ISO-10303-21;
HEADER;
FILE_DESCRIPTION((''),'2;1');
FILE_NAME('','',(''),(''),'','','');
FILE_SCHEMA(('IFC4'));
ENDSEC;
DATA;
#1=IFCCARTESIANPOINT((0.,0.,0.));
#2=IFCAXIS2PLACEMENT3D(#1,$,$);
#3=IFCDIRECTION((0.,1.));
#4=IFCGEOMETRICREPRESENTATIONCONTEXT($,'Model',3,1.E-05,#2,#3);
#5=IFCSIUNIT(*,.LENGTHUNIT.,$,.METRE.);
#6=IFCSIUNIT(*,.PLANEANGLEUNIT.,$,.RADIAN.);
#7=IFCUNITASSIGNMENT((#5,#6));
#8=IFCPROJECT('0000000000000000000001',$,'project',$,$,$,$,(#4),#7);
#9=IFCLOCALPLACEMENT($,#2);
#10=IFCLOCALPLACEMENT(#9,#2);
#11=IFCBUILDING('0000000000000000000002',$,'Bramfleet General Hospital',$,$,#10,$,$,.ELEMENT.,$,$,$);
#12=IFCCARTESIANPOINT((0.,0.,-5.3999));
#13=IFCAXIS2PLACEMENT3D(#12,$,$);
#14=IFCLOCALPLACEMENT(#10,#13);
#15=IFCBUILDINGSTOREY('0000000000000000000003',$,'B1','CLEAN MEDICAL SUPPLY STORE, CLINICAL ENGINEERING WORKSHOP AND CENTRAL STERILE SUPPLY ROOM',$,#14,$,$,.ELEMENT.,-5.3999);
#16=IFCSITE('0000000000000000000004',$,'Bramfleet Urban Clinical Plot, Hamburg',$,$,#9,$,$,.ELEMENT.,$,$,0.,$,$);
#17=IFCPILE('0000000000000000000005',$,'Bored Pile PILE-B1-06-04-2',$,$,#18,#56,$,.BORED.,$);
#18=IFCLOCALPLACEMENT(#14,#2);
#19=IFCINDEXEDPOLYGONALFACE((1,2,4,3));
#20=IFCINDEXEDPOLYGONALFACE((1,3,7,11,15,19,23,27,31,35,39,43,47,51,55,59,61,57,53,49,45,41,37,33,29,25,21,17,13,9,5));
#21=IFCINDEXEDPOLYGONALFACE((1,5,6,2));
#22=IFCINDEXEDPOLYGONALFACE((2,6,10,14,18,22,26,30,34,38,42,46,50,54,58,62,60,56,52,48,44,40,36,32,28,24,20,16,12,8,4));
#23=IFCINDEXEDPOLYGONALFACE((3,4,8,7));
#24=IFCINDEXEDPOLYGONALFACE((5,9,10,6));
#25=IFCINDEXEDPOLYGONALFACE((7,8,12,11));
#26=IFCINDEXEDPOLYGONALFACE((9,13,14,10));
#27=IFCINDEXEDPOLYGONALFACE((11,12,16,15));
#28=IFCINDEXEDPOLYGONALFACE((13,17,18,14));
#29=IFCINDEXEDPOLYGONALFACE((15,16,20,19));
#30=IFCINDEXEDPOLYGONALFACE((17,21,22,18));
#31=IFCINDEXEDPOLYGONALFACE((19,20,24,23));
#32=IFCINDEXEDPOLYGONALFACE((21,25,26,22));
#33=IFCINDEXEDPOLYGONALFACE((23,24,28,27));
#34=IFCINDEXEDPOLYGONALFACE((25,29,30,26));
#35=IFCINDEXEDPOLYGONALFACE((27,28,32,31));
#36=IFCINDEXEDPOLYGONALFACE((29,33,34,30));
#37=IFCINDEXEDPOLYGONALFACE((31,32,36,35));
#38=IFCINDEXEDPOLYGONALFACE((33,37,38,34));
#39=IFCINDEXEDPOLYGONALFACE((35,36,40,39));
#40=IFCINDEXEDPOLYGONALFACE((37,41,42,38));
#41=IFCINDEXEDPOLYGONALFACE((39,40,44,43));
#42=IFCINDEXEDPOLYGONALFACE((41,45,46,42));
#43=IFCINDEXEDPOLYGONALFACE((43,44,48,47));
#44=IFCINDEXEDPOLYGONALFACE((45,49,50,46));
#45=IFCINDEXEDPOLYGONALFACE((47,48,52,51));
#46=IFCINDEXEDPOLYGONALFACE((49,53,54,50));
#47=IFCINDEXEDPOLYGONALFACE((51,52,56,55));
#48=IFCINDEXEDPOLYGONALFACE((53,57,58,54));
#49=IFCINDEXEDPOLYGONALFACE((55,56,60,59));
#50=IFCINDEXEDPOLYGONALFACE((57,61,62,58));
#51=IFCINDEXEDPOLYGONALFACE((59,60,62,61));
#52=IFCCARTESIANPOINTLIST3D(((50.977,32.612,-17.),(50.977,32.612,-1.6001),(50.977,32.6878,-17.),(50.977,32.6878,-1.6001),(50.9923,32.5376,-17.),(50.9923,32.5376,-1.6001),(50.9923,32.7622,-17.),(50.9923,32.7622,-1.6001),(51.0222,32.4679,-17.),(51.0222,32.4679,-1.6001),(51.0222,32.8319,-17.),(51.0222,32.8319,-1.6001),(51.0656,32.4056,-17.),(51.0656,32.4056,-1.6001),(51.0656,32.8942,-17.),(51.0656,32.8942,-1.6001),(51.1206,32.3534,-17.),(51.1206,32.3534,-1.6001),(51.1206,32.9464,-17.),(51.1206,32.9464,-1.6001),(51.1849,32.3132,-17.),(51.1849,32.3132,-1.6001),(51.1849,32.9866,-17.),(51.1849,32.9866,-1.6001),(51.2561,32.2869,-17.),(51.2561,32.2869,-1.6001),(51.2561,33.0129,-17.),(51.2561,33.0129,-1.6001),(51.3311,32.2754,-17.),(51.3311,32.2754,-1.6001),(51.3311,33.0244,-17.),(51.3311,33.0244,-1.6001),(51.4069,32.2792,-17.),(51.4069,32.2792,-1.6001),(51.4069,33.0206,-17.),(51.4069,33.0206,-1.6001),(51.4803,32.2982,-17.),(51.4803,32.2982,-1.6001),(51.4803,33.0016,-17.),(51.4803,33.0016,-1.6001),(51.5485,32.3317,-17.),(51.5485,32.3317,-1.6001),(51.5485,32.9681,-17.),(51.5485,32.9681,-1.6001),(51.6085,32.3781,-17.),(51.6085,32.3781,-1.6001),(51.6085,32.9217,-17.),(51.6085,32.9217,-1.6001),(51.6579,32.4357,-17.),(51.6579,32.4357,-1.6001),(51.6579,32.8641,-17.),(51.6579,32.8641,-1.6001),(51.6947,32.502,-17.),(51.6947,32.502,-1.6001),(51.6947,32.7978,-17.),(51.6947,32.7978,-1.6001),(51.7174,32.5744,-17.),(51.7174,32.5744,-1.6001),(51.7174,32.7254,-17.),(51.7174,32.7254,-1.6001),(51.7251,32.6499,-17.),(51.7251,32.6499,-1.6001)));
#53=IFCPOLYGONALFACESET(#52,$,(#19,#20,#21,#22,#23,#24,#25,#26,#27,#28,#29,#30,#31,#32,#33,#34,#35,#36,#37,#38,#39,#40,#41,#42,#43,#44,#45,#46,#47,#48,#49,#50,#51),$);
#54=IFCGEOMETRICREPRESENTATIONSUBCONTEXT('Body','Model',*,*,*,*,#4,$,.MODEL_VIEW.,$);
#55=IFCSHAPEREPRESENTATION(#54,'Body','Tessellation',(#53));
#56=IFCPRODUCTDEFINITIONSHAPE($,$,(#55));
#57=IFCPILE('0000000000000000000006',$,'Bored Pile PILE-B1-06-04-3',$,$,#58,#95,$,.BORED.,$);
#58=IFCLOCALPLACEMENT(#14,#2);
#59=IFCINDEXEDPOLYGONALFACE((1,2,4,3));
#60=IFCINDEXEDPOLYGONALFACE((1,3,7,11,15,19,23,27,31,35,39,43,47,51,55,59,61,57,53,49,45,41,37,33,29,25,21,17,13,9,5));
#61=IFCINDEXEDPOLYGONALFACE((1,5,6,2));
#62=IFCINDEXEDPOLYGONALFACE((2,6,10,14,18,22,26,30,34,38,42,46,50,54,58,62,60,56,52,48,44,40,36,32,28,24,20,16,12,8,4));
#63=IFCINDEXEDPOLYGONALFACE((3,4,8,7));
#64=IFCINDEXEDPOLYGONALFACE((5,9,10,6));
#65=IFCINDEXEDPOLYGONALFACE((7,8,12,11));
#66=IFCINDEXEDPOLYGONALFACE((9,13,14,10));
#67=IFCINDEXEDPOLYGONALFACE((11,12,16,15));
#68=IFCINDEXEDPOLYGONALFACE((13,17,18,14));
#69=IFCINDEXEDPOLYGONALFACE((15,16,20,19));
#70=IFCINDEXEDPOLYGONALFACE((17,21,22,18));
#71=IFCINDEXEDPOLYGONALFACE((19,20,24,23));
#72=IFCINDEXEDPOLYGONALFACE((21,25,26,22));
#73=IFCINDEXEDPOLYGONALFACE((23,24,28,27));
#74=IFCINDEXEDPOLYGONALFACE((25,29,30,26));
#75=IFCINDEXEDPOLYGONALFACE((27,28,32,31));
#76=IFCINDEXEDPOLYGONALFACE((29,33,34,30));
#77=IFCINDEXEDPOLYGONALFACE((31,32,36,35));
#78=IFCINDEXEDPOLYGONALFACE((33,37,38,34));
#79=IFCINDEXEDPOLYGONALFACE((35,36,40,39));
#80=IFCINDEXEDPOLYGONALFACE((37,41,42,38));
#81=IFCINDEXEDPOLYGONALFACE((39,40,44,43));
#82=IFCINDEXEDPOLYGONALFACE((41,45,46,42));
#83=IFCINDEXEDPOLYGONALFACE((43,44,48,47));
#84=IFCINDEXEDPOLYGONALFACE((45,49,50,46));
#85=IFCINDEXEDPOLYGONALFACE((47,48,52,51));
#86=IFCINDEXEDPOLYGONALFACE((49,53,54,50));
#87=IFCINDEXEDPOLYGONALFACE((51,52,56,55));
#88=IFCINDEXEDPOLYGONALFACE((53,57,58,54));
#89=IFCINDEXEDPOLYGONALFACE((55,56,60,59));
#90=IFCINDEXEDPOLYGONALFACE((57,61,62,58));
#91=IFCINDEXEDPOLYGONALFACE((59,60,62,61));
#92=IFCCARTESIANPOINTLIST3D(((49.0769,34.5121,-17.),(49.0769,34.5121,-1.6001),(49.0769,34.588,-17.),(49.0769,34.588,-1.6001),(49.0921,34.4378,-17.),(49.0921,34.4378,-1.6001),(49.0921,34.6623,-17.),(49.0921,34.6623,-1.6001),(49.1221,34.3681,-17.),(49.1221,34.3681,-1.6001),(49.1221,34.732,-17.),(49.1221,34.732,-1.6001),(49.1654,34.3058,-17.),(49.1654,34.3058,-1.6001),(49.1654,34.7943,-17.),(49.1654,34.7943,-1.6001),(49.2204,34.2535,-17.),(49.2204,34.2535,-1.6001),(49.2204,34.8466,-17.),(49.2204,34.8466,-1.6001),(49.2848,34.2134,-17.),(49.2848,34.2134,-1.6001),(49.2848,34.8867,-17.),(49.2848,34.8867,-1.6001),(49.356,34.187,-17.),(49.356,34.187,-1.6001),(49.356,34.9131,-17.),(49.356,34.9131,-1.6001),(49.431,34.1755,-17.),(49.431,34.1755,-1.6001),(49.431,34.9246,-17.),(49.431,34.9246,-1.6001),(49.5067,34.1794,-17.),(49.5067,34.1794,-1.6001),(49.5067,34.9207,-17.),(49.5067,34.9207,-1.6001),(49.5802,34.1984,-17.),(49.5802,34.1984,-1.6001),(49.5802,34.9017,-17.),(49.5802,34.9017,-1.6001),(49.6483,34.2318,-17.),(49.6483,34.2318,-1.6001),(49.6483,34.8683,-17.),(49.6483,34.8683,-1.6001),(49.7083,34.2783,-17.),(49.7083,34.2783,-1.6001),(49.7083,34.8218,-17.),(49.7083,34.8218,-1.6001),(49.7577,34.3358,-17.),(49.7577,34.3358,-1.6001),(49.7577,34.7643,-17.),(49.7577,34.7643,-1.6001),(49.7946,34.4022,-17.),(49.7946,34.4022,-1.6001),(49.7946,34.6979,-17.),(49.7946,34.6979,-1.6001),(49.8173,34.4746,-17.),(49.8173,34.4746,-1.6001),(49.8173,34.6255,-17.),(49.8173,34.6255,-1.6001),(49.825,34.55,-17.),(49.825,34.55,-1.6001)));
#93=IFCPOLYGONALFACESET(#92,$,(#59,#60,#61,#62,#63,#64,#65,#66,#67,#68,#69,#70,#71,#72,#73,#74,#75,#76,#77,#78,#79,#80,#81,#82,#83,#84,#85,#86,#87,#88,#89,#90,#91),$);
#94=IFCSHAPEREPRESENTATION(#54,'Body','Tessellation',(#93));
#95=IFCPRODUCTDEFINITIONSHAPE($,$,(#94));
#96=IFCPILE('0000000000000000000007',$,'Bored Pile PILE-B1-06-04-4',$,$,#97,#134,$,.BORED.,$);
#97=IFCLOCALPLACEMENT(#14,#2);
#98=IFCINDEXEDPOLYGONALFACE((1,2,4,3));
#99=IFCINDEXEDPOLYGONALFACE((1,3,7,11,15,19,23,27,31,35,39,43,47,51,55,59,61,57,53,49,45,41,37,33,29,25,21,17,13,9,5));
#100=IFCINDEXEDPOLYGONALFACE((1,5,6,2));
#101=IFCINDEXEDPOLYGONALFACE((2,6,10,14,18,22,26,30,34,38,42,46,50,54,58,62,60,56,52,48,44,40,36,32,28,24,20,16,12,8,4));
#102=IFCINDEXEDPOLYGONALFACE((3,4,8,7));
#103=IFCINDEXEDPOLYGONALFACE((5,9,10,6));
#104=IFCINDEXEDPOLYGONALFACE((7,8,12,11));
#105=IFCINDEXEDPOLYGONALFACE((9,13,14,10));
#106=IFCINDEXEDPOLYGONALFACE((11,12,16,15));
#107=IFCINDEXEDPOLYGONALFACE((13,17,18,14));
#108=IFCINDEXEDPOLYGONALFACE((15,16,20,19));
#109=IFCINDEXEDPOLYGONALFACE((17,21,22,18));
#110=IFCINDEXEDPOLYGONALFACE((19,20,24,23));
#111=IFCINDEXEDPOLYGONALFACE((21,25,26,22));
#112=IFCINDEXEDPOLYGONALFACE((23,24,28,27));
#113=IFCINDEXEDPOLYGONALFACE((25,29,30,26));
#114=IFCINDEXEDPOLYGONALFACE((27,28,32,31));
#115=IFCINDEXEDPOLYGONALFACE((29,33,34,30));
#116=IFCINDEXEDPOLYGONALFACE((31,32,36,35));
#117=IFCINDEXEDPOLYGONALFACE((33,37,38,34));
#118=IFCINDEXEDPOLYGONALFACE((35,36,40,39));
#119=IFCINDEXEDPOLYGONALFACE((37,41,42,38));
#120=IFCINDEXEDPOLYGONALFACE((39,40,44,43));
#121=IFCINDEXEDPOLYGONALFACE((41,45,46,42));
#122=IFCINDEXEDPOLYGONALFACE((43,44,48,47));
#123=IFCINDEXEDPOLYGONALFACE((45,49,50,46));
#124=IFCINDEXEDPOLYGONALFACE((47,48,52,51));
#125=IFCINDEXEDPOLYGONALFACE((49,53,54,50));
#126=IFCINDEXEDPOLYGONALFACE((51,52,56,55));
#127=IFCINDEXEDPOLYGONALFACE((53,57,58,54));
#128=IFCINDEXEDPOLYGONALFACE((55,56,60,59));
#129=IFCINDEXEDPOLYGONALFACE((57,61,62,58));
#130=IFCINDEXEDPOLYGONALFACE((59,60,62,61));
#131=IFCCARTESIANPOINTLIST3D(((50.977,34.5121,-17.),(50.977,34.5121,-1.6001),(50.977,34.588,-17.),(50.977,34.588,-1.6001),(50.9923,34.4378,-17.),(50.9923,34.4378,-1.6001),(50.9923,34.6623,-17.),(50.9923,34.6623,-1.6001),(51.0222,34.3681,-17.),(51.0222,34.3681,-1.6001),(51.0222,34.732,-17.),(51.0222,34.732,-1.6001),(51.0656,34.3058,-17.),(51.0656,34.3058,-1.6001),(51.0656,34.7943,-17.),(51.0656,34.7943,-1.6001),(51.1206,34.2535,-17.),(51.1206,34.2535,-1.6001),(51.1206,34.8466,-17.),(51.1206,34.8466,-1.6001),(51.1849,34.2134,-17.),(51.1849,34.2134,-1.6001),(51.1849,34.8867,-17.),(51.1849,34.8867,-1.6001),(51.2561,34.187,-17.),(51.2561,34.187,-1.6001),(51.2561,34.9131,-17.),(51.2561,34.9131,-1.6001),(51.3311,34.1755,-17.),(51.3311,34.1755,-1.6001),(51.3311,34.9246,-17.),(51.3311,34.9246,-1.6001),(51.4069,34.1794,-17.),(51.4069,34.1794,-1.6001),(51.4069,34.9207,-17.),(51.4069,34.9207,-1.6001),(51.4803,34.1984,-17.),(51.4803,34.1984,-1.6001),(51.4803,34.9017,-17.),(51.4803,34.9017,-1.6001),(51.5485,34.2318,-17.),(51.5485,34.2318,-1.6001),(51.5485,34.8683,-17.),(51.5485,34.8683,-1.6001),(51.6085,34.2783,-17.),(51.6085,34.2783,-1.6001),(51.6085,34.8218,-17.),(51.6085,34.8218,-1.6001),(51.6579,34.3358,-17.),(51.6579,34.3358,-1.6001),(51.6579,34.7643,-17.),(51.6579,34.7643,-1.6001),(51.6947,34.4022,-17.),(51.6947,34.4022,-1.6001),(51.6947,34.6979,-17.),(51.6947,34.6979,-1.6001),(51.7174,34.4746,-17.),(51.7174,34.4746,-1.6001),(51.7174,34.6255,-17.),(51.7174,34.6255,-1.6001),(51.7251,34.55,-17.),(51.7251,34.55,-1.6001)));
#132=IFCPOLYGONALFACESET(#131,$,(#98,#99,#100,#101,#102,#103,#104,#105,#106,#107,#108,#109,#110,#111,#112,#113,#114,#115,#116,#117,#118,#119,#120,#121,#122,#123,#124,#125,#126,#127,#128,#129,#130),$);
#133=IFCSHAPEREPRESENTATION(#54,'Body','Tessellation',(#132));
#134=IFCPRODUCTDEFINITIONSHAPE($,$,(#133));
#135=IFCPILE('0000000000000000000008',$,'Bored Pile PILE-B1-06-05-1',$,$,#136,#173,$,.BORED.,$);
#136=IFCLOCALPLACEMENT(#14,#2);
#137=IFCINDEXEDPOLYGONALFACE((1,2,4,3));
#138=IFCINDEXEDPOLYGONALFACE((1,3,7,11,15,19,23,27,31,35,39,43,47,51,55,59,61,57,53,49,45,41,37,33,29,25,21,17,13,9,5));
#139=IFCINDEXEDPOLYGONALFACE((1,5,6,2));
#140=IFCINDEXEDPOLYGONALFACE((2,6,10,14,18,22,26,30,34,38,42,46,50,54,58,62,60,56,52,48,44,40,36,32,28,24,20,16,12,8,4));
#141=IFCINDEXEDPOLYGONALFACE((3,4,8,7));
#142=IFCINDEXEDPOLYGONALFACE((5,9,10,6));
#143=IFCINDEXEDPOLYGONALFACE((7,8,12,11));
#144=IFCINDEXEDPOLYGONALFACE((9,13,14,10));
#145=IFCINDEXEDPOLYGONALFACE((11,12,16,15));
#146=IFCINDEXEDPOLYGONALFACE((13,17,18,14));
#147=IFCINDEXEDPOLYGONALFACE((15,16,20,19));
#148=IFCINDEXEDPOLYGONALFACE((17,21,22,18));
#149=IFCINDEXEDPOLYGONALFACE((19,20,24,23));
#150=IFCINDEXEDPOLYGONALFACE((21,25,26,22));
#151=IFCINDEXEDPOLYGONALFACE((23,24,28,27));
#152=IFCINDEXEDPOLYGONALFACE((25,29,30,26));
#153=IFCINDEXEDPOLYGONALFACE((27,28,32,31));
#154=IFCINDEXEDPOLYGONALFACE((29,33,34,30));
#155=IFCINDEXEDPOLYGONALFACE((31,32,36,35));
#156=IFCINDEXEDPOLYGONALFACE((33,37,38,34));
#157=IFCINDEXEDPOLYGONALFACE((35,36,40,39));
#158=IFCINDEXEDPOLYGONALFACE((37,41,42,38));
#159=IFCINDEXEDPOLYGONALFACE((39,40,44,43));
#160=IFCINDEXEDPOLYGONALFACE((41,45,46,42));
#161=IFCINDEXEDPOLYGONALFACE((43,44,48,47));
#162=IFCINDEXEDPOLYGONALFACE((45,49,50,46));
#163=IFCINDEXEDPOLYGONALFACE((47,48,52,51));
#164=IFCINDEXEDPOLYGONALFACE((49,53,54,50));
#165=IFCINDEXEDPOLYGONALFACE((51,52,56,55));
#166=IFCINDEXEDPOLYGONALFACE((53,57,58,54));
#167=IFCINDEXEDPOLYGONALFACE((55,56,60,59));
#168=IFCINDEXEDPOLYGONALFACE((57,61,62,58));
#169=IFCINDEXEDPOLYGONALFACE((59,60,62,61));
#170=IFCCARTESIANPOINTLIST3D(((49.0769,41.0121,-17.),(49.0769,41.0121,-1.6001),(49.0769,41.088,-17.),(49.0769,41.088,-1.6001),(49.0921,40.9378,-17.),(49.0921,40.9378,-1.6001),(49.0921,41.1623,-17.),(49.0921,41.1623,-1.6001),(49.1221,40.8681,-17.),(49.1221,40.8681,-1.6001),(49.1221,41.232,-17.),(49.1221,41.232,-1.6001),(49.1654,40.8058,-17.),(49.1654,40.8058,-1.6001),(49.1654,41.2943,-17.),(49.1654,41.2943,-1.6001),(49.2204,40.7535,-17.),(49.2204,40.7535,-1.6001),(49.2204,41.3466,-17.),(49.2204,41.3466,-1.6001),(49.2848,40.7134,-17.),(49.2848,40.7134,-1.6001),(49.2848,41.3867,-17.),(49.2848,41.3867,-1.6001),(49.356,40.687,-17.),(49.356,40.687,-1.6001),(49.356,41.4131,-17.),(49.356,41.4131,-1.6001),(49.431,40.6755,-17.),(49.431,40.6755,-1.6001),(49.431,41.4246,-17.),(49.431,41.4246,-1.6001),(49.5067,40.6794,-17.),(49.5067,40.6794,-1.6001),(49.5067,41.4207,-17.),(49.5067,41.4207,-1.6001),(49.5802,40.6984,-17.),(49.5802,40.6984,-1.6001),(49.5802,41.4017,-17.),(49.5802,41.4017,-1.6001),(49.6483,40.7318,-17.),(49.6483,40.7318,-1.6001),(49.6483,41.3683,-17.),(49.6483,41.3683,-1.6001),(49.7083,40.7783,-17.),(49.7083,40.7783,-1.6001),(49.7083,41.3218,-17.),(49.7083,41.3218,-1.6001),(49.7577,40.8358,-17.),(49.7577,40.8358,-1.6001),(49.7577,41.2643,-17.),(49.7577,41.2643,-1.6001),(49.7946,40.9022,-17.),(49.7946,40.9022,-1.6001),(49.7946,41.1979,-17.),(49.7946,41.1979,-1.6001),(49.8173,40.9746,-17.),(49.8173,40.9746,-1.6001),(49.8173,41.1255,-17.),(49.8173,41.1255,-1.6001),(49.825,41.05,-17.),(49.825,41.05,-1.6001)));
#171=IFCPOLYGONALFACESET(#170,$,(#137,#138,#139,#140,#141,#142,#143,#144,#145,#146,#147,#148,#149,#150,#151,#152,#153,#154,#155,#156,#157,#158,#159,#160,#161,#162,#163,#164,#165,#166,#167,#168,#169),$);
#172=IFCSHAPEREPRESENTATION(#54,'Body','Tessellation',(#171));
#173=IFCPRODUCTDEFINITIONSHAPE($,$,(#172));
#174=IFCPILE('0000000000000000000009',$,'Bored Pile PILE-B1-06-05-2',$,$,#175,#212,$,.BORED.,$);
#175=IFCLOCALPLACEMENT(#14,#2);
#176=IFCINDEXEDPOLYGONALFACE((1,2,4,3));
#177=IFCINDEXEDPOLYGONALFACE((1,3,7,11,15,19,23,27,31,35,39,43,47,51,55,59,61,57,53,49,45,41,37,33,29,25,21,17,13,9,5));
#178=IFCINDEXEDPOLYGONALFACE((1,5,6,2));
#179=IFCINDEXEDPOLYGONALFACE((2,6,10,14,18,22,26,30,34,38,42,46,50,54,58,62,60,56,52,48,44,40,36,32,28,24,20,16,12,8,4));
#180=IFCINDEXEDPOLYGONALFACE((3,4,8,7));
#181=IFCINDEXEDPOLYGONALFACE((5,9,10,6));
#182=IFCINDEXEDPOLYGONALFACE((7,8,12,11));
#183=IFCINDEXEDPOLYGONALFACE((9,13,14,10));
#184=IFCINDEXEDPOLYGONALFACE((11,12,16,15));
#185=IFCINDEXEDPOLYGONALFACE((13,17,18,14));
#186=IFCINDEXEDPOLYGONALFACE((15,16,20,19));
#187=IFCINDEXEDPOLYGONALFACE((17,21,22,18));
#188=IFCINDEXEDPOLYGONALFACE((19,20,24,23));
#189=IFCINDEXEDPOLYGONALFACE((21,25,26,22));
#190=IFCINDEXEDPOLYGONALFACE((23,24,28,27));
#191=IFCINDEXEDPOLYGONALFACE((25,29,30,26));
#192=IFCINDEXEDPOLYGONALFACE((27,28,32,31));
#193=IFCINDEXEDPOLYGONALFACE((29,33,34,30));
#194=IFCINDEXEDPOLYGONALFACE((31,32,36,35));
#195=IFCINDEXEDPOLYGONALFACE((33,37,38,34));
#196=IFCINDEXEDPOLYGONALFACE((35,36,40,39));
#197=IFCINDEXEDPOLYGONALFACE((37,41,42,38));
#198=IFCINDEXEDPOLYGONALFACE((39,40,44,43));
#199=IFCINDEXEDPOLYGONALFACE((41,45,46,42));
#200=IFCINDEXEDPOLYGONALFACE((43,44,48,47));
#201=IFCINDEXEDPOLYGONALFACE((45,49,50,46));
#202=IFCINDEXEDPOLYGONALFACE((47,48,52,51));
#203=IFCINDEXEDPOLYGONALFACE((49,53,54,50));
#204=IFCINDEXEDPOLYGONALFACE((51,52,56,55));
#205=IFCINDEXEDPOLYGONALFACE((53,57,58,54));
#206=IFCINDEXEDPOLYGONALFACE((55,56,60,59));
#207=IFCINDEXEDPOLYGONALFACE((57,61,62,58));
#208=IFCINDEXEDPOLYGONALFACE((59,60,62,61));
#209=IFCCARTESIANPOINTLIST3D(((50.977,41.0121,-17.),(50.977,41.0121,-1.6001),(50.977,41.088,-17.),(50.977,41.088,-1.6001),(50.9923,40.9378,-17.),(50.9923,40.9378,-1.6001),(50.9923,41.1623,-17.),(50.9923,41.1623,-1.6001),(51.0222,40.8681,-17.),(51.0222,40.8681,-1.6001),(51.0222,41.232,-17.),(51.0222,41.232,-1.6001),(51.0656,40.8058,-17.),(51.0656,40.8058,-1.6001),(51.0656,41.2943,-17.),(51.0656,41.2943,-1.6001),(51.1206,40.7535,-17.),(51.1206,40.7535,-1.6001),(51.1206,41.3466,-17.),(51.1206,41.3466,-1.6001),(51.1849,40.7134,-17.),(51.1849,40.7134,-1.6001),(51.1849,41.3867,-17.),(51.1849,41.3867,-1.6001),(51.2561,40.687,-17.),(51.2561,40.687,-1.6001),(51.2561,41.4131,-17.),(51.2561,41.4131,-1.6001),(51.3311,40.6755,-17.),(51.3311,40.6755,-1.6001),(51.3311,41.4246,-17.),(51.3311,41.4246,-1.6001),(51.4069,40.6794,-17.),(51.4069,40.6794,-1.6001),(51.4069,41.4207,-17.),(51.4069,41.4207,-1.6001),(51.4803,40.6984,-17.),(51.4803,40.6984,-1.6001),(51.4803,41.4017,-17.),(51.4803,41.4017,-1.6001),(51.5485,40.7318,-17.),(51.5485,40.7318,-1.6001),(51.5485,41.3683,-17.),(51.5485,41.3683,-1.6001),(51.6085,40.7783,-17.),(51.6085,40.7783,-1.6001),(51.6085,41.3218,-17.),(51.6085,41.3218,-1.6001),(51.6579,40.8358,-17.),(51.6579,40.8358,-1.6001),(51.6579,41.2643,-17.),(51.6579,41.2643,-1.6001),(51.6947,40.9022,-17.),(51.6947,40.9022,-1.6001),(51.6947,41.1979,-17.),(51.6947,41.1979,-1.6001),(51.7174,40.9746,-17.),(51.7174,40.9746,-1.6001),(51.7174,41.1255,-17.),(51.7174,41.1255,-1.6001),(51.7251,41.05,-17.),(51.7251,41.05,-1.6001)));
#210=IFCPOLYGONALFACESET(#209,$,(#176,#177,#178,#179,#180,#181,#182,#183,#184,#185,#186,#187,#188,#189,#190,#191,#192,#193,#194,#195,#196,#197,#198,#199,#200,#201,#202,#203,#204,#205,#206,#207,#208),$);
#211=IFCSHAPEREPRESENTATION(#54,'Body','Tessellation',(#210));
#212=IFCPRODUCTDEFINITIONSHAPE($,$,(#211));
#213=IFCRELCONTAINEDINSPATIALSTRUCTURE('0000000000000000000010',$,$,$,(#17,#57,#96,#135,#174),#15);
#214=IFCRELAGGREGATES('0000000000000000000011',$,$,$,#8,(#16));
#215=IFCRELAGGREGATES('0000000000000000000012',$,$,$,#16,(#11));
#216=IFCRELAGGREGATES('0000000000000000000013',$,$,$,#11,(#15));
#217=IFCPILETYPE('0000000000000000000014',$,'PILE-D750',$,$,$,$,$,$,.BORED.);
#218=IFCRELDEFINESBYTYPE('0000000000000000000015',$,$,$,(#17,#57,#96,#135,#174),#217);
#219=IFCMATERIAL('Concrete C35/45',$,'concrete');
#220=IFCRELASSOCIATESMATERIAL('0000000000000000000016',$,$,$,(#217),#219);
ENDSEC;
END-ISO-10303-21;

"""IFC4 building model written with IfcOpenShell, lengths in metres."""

from ifc_helpers import new_model, si_unit, direction, frame, origin, origin_2d, place, context, subcontext, project, spatial, circle, extrude, material, material_profile, profile_set, type_object, element, save


model = new_model("IFC4")

# Units and contexts
model_context = context("Model", 3, precision=1e-05, world=origin(), true_north=direction((0.0, 1.0)))
body_context = subcontext(model_context, "Body", "Model", "MODEL_VIEW")
ifc_project = project(units=[si_unit("LENGTHUNIT", "METRE"), si_unit("PLANEANGLEUNIT", "RADIAN")], contexts=[model_context])

# Site, building, storey
site_placement = place(None, origin())
site = spatial("IfcSite", under=ifc_project, at=site_placement, Name="Bramfleet Urban Clinical Plot, Hamburg", CompositionType="ELEMENT", RefElevation=0.0)
building_placement = place(site_placement, origin())
building = spatial("IfcBuilding", under=site, at=building_placement, Name="Bramfleet General Hospital", CompositionType="ELEMENT")
storey_placement = place(building_placement, frame((0.0, 0.0, -5.3999)))
storey = spatial("IfcBuildingStorey", under=building, at=storey_placement, Name="B1", Description="CLEAN MEDICAL SUPPLY STORE, CLINICAL ENGINEERING WORKSHOP AND CENTRAL STERILE SUPPLY ROOM", CompositionType="ELEMENT", Elevation=-5.3999)

# Shared definitions
ifc_material_1 = material(Name="Concrete C35/45", Category="concrete")

# Piles
ifc_material_profile_1 = material_profile(ifc_material_1, circle(Radius=0.375, at=origin_2d()), Name="PILE BORED D750")
ifc_profile_set_1 = profile_set([ifc_material_profile_1], Name="Concrete C35/45")
pile_type_1 = type_object("IfcPileType", Name="PILE-D750", PredefinedType="BORED", material=ifc_profile_set_1)
for number, where, z_axis, x_axis, name in (
    (1, (51.3501, 32.6499, -1.6001), (0.0, 0.0, -1.0), (1.0, 0.0, 0.0), "Bored Pile PILE-B1-06-04-2"),
    (2, (49.45, 34.55, -1.6001), (0.0, 0.0, -1.0), (1.0, 0.0, 0.0), "Bored Pile PILE-B1-06-04-3"),
    (3, (51.3501, 34.55, -1.6001), (0.0, 0.0, -1.0), (1.0, 0.0, 0.0), "Bored Pile PILE-B1-06-04-4"),
    (4, (49.45, 41.05, -1.6001), (0.0, 0.0, -1.0), (1.0, 0.0, 0.0), "Bored Pile PILE-B1-06-05-1"),
    (5, (51.3501, 41.05, -1.6001), (0.0, 0.0, -1.0), (1.0, 0.0, 0.0), "Bored Pile PILE-B1-06-05-2"),
):
    element("IfcPile", number, at=place(storey_placement, frame(where, z_axis=z_axis, x_axis=x_axis)), inside=storey, type_object=pile_type_1, Name=name, PredefinedType="BORED", context=body_context, shape_type="SweptSolid", body=[
        extrude(circle(Radius=0.375, at=origin_2d()), origin(), (0.0, 0.0, 1.0), 15.3999),
    ])

save(model, "model.ifc")
